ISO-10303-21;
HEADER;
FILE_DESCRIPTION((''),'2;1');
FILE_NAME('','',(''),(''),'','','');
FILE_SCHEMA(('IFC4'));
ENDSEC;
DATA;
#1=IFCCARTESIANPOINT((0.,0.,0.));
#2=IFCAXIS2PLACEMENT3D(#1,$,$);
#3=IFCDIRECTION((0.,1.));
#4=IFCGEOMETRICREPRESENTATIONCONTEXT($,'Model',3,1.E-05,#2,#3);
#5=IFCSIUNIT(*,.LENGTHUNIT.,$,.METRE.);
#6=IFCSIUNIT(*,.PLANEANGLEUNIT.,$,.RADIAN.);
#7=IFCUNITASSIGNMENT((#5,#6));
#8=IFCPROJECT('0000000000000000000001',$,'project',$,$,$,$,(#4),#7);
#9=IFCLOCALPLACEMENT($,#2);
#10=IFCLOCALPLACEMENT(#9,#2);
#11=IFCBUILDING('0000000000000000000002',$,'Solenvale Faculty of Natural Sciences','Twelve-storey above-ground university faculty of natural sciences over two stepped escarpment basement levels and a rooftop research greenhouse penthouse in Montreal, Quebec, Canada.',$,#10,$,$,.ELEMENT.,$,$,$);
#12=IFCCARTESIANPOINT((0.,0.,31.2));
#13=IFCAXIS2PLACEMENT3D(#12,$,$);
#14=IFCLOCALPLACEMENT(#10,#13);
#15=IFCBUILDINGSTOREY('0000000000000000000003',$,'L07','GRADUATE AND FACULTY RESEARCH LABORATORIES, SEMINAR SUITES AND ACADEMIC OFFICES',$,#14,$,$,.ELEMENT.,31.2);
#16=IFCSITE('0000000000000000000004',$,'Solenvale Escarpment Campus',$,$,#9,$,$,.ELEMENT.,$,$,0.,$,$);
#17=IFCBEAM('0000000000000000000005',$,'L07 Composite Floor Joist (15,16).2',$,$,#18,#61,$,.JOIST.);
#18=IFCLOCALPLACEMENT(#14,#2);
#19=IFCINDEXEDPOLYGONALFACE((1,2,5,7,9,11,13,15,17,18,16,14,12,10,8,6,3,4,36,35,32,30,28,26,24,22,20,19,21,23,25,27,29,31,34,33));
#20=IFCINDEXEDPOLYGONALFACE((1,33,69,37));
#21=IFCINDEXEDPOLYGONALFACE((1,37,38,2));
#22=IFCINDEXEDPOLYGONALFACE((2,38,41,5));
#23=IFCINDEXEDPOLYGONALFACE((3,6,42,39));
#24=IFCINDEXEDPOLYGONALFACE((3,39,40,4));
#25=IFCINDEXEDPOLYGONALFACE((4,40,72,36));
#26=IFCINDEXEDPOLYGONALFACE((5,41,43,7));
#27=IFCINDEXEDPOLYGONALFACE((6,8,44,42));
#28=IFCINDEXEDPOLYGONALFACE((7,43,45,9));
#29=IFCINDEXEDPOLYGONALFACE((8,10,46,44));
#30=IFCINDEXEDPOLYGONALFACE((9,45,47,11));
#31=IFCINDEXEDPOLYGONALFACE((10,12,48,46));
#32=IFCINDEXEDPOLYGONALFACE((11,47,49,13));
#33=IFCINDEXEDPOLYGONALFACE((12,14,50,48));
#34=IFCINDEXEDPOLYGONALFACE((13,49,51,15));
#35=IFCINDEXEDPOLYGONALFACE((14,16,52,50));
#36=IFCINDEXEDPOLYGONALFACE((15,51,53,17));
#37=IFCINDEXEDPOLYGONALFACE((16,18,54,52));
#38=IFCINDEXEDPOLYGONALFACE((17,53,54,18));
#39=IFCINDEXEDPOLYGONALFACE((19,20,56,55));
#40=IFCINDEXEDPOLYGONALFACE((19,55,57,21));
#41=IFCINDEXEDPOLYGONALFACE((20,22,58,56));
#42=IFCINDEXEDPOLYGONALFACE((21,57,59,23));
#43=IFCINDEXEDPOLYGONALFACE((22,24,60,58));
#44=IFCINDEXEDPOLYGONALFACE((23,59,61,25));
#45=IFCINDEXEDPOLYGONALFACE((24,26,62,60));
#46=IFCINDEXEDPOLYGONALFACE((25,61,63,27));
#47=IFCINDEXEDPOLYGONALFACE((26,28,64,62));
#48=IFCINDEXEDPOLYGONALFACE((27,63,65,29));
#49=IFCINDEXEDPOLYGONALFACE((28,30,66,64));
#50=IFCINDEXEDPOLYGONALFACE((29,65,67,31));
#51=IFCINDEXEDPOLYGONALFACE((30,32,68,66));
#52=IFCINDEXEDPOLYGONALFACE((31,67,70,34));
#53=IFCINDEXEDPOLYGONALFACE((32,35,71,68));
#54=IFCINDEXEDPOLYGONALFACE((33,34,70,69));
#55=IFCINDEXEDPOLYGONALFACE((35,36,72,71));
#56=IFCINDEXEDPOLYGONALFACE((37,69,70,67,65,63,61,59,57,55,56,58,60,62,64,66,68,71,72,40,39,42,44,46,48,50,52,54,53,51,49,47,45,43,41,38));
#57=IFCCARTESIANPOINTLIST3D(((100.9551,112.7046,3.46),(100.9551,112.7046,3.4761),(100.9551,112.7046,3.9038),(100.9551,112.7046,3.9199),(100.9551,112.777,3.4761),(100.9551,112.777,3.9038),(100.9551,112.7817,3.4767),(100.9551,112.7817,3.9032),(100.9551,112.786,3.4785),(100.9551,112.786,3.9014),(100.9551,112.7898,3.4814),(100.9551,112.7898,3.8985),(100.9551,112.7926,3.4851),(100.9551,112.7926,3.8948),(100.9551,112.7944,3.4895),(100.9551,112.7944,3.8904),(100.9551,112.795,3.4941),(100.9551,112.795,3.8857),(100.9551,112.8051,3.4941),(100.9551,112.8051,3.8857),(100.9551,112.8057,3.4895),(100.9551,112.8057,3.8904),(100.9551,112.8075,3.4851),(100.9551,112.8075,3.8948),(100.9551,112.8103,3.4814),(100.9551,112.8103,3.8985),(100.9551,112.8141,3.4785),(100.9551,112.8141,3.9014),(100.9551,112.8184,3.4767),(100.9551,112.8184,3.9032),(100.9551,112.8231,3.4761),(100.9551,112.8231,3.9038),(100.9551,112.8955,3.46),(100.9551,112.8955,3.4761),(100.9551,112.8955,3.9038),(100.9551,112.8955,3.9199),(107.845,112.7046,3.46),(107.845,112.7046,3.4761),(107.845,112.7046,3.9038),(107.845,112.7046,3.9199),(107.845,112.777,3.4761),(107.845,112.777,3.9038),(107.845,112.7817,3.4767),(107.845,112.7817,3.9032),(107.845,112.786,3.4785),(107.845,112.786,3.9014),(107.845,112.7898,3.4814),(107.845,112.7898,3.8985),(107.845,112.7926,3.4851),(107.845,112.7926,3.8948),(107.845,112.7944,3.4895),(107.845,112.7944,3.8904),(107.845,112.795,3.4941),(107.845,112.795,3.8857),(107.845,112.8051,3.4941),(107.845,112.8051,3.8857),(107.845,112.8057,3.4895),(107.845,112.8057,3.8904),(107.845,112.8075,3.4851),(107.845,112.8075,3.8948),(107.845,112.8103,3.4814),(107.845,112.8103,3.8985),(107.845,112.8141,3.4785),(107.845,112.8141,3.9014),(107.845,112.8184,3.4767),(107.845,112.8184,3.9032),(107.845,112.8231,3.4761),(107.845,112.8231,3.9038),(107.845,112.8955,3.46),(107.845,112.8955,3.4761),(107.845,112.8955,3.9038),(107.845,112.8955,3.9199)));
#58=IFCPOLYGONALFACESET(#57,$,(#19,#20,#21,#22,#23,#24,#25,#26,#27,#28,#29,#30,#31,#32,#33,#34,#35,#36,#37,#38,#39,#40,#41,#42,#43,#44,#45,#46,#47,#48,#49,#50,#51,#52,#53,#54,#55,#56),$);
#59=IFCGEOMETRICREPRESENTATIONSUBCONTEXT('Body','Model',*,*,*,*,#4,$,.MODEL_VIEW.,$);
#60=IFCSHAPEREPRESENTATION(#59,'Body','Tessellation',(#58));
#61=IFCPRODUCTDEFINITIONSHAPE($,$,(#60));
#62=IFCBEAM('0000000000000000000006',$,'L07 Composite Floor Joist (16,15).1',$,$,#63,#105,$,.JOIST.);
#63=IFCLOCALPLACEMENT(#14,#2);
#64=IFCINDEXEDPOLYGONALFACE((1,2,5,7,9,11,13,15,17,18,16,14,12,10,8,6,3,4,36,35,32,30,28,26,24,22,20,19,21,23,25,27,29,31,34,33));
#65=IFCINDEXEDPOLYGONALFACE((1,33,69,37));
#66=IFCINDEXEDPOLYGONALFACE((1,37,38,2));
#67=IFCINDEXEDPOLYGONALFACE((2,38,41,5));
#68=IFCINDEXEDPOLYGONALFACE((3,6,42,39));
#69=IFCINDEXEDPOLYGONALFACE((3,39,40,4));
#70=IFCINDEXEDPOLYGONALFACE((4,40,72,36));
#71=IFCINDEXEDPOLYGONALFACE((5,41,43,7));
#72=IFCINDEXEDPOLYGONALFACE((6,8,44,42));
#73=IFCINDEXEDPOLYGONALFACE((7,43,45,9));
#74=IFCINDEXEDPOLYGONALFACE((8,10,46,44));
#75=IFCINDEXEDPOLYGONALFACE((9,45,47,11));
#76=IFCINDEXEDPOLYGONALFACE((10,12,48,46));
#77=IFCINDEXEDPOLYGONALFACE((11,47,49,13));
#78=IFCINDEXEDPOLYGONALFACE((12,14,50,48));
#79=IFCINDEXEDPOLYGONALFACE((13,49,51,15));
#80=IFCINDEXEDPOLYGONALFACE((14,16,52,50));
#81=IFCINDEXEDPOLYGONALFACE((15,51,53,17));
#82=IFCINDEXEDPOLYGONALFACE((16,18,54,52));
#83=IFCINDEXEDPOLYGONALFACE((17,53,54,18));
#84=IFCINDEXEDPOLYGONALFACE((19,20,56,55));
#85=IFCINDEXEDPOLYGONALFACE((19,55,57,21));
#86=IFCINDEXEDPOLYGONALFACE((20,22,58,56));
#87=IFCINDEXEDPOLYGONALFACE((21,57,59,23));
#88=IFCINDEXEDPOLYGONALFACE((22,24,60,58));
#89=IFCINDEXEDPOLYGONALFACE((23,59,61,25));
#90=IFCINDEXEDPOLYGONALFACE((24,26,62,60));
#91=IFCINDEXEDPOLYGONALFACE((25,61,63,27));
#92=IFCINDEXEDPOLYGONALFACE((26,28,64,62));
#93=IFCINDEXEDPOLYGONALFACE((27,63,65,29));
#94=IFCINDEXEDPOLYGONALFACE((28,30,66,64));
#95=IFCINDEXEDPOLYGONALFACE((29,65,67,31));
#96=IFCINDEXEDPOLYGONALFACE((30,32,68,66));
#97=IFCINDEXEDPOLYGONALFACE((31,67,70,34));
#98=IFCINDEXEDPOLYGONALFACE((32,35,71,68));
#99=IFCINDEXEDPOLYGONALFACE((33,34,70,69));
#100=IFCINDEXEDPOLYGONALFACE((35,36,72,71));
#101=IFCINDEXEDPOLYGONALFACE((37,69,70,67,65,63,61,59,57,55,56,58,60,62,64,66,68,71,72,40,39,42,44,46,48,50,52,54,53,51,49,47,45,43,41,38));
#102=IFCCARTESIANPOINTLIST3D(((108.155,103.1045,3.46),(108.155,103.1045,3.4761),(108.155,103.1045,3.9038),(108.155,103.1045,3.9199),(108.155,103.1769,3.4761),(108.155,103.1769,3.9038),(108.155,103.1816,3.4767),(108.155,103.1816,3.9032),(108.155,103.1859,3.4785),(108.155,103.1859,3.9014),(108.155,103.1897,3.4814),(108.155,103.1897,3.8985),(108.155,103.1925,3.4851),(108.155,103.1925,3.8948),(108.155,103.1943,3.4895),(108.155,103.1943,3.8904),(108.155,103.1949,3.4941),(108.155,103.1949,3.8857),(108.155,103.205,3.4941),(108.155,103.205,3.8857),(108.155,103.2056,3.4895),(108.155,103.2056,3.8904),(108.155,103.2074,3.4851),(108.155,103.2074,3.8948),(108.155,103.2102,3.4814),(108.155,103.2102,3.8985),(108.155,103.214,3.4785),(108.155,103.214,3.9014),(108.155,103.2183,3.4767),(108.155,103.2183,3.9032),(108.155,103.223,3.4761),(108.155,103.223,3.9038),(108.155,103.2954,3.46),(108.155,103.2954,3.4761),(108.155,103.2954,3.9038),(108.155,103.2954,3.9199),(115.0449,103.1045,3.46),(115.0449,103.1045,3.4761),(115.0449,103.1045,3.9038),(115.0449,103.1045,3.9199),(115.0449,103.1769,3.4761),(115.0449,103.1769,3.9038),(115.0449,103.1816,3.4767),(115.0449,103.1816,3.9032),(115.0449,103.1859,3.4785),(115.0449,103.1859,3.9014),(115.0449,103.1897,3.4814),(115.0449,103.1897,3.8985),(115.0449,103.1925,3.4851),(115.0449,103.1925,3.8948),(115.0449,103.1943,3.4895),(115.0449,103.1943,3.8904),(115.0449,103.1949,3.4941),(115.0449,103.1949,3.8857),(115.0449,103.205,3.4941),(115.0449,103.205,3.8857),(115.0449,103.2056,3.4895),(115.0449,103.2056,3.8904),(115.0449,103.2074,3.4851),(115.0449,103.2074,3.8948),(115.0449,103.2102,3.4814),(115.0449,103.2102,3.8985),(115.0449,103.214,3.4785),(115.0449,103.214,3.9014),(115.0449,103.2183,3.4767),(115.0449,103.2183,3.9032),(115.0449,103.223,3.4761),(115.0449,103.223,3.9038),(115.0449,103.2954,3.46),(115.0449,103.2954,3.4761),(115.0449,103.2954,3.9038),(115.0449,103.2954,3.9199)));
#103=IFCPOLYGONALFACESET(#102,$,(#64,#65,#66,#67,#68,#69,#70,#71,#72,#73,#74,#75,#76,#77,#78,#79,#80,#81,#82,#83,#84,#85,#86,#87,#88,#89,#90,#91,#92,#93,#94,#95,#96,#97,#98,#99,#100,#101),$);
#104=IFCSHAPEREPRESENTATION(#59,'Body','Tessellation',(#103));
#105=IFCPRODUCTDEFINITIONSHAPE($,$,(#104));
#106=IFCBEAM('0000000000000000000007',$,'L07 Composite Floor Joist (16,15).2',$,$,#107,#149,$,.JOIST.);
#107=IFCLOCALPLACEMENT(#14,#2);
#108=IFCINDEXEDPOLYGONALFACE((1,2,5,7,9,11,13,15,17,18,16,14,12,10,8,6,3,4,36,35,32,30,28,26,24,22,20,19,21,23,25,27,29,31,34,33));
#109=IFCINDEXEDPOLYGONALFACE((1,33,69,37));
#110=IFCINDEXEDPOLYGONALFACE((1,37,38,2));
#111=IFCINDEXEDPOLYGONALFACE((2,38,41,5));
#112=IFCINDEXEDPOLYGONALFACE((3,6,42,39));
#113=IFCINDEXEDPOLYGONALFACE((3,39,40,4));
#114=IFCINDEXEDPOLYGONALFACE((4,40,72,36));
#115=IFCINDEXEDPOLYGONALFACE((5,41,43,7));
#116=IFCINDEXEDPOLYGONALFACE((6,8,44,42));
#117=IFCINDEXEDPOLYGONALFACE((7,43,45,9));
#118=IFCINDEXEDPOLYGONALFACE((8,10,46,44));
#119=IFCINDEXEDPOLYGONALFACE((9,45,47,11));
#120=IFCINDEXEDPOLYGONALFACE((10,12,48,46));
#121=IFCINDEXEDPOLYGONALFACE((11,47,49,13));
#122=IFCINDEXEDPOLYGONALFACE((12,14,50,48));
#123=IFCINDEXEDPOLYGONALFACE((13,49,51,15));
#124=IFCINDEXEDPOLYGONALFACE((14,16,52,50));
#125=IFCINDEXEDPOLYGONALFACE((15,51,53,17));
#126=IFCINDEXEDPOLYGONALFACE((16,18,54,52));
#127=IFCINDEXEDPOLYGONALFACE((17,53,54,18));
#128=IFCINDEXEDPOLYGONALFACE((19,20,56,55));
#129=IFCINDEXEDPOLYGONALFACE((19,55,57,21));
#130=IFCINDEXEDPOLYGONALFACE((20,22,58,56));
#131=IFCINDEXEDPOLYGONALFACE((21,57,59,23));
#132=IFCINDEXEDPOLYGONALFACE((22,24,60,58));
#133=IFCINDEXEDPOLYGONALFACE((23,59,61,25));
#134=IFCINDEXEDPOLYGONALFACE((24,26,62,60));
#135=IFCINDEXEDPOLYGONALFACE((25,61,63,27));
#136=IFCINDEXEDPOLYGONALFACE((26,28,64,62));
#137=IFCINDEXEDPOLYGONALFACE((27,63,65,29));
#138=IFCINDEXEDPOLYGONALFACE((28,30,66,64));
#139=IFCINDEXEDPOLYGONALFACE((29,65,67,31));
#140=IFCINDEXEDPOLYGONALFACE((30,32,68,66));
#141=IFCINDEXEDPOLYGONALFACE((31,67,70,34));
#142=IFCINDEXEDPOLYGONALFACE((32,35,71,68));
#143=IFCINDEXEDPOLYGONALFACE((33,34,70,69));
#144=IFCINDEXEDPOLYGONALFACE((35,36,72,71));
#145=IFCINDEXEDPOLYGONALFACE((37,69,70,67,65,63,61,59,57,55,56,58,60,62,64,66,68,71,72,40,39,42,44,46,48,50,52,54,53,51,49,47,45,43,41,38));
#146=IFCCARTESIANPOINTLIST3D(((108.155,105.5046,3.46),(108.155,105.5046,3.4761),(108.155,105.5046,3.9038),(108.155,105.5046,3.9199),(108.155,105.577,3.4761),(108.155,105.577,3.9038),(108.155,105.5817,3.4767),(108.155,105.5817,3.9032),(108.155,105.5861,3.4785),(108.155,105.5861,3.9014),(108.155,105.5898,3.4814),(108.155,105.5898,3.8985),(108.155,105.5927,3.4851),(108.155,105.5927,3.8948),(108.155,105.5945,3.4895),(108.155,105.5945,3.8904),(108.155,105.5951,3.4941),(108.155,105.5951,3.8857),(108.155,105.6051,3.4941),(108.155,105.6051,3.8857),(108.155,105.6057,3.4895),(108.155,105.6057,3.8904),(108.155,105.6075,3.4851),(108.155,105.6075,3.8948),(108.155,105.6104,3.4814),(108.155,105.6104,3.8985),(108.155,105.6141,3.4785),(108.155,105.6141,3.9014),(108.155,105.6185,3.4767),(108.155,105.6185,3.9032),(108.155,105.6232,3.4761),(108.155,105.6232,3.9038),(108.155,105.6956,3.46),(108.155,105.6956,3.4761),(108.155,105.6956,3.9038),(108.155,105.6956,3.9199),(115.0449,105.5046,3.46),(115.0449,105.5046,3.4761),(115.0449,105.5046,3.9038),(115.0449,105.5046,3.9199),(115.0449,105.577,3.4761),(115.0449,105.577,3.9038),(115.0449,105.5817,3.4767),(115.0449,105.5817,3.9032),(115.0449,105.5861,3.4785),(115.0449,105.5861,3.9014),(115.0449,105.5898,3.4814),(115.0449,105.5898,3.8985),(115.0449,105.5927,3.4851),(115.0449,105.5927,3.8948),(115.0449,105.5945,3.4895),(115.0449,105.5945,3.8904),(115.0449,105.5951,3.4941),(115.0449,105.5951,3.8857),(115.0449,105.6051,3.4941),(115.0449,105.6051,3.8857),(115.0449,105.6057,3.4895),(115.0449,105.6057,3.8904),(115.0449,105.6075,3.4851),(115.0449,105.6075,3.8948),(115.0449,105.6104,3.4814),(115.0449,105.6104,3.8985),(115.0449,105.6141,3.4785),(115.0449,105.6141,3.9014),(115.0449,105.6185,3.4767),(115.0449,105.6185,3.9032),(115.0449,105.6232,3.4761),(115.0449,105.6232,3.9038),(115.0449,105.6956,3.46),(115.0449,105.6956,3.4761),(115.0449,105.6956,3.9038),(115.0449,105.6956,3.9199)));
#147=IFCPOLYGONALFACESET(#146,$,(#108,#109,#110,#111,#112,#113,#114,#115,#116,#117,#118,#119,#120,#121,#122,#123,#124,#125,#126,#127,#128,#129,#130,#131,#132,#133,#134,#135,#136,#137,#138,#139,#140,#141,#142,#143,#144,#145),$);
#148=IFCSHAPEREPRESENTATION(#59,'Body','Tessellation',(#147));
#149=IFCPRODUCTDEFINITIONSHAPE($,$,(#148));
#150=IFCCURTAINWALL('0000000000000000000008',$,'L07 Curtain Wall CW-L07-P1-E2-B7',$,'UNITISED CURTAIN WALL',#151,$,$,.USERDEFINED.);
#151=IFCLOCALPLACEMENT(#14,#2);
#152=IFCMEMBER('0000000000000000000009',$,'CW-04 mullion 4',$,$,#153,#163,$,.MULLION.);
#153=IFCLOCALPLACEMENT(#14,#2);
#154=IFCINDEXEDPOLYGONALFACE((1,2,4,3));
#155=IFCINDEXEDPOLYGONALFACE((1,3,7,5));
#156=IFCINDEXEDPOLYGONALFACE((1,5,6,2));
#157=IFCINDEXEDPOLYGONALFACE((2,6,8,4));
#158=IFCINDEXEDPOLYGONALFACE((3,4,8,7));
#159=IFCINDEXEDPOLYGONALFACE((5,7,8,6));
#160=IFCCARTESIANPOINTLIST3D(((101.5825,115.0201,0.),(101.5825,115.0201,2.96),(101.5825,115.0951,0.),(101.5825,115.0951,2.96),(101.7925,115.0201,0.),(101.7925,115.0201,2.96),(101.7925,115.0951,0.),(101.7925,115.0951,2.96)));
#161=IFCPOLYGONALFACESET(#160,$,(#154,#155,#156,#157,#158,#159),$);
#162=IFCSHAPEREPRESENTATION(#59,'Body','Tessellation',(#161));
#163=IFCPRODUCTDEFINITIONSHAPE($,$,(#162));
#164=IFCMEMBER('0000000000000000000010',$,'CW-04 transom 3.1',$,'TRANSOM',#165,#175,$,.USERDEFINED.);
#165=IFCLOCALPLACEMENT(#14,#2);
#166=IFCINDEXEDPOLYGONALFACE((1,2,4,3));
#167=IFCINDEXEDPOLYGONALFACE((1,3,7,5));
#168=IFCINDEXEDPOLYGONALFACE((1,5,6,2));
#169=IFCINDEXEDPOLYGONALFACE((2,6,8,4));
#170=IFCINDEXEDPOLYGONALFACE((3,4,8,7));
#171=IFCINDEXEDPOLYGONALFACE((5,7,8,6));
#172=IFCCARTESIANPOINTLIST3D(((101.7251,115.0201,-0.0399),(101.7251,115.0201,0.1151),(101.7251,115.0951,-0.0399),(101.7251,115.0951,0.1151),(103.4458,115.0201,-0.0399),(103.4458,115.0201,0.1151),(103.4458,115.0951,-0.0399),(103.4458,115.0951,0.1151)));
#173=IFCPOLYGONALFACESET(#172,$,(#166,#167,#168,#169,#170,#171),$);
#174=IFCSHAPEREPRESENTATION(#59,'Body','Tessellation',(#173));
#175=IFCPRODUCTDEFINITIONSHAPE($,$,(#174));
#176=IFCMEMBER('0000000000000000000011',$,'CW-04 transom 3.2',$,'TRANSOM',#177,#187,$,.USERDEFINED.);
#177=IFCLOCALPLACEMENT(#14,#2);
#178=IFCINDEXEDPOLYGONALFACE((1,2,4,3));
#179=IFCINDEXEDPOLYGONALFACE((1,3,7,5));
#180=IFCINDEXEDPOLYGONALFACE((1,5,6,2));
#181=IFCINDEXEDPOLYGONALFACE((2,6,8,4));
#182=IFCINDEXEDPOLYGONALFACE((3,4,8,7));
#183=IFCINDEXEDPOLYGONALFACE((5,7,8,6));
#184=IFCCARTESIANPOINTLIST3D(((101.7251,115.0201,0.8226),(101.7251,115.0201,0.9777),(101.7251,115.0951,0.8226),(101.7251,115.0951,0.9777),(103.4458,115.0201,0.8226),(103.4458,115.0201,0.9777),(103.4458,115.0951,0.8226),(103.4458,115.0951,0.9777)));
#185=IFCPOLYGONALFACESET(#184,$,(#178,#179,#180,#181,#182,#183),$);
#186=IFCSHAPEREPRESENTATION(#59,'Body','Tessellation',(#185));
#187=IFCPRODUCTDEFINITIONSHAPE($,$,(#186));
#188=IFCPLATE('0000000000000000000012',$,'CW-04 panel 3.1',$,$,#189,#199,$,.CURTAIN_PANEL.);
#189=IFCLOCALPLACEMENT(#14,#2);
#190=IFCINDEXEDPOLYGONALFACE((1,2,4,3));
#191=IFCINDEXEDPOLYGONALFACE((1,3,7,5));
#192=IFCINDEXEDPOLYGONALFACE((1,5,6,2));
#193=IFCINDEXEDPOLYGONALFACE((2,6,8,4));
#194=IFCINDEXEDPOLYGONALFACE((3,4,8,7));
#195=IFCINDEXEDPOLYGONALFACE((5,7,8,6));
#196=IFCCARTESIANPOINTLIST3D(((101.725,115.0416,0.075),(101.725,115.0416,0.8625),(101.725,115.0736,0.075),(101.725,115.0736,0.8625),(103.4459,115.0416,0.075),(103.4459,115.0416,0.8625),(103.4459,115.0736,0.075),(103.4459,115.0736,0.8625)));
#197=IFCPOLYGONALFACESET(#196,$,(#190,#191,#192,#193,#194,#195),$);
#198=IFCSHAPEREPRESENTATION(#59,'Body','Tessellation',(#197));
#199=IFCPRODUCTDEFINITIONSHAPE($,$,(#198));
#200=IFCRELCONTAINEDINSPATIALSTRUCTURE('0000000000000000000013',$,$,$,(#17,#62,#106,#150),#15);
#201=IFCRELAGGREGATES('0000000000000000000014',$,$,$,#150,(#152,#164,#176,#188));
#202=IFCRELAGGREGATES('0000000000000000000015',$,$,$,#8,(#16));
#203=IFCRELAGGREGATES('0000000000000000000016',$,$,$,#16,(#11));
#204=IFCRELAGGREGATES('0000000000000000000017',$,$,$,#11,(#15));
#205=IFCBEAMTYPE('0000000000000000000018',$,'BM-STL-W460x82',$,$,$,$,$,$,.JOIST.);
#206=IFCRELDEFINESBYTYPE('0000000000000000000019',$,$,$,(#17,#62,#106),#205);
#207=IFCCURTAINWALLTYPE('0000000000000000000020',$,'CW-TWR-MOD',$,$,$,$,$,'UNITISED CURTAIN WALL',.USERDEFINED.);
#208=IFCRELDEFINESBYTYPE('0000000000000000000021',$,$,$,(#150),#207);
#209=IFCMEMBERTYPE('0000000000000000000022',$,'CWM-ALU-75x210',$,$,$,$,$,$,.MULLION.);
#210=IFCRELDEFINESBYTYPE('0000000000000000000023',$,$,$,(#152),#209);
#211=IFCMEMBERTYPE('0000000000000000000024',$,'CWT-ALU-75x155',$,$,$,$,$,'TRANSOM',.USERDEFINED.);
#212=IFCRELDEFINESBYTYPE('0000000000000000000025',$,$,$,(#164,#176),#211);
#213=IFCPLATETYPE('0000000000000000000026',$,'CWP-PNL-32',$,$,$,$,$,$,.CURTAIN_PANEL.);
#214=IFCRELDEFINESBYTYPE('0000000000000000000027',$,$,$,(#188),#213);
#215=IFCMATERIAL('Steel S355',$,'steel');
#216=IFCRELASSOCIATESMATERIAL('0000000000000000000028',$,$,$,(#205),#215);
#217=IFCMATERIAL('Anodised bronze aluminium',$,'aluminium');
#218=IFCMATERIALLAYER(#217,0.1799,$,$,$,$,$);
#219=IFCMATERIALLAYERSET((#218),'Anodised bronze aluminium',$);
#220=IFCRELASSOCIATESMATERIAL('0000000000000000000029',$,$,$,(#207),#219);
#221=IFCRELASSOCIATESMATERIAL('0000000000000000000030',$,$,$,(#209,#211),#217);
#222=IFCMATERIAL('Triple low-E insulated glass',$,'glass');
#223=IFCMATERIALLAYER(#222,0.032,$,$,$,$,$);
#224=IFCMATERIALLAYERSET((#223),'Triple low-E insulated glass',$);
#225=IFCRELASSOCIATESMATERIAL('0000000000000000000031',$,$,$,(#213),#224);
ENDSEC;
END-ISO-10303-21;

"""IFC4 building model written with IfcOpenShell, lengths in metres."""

from ifc_helpers import new_model, si_unit, direction, frame, origin, origin_2d, place, context, subcontext, project, spatial, rectangle, i_section, extrude, material, layer, layer_set, material_profile, profile_set, type_object, element, aggregate, save


model = new_model("IFC4")

# Units and contexts
model_context = context("Model", 3, precision=1e-05, world=origin(), true_north=direction((0.0, 1.0)))
body_context = subcontext(model_context, "Body", "Model", "MODEL_VIEW")
ifc_project = project(units=[si_unit("LENGTHUNIT", "METRE"), si_unit("PLANEANGLEUNIT", "RADIAN")], contexts=[model_context])

# Site, building, storey
site_placement = place(None, origin())
site = spatial("IfcSite", under=ifc_project, at=site_placement, Name="Solenvale Escarpment Campus", CompositionType="ELEMENT", RefElevation=0.0)
building_placement = place(site_placement, origin())
building = spatial("IfcBuilding", under=site, at=building_placement, Name="Solenvale Faculty of Natural Sciences", Description="Twelve-storey above-ground university faculty of natural sciences over two stepped escarpment basement levels and a rooftop research greenhouse penthouse in Montreal, Quebec, Canada.", CompositionType="ELEMENT")
storey_placement = place(building_placement, frame((0.0, 0.0, 31.2)))
storey = spatial("IfcBuildingStorey", under=building, at=storey_placement, Name="L07", Description="GRADUATE AND FACULTY RESEARCH LABORATORIES, SEMINAR SUITES AND ACADEMIC OFFICES", CompositionType="ELEMENT", Elevation=31.2)

# Beams
ifc_material_1 = material(Name="Steel S355", Category="steel")
ifc_material_profile_1 = material_profile(ifc_material_1, i_section(OverallWidth=0.1909, OverallDepth=0.46, WebThickness=0.01, FlangeThickness=0.0161, FilletRadius=0.0181, at=origin_2d()), Name="W460x82")
ifc_profile_set_1 = profile_set([ifc_material_profile_1], Name="Steel S355")
beam_type_1 = type_object("IfcBeamType", Name="BM-STL-W460x82", PredefinedType="JOIST", material=ifc_profile_set_1)
for number, where, z_axis, x_axis, name in (
    (1, (100.9551, 112.8, 3.6899), (1.0, 0.0, 0.0), (0.0, 1.0, 0.0), "L07 Composite Floor Joist (15,16).2"),
    (2, (108.155, 103.2, 3.6899), (1.0, 0.0, 0.0), (0.0, 1.0, 0.0), "L07 Composite Floor Joist (16,15).1"),
    (3, (108.155, 105.6001, 3.6899), (1.0, 0.0, 0.0), (0.0, 1.0, 0.0), "L07 Composite Floor Joist (16,15).2"),
):
    element("IfcBeam", number, at=place(storey_placement, frame(where, z_axis=z_axis, x_axis=x_axis)), inside=storey, type_object=beam_type_1, Name=name, PredefinedType="JOIST", context=body_context, shape_type="SweptSolid", body=[
        extrude(i_section(OverallWidth=0.1909, OverallDepth=0.46, WebThickness=0.01, FlangeThickness=0.0161, FilletRadius=0.0181, at=origin_2d()), origin(), (0.0, 0.0, 1.0), 6.8899),
    ])

# Curtain wall, members, plate
ifc_material_2 = material(Name="Anodised bronze aluminium", Category="aluminium")
ifc_layer_1 = layer(ifc_material_2, 0.1799)
ifc_layer_set_1 = layer_set([ifc_layer_1], Name="Anodised bronze aluminium")
curtain_wall_type = type_object("IfcCurtainWallType", Name="CW-TWR-MOD", ElementType="UNITISED CURTAIN WALL", PredefinedType="USERDEFINED", material=ifc_layer_set_1)
curtain_wall_placement = place(storey_placement, origin())
curtain_wall = element("IfcCurtainWall", 4, at=curtain_wall_placement, inside=storey, type_object=curtain_wall_type, Name="L07 Curtain Wall CW-L07-P1-E2-B7", ObjectType="UNITISED CURTAIN WALL", PredefinedType="USERDEFINED")
ifc_material_profile_2 = material_profile(ifc_material_2, rectangle(XDim=0.075, YDim=0.21, at=origin_2d()), Name="ALU-MUL-75x210")
ifc_profile_set_2 = profile_set([ifc_material_profile_2], Name="Anodised bronze aluminium")
member_type_1 = type_object("IfcMemberType", Name="CWM-ALU-75x210", PredefinedType="MULLION", material=ifc_profile_set_2)
member_1_placement = place(storey_placement, frame((101.6875, 115.0576, 0.0), z_axis=(0.0, 0.0, 1.0), x_axis=(0.0, -1.0, 0.0)))
member_1 = element("IfcMember", 5, at=member_1_placement, type_object=member_type_1, Name="CW-04 mullion 4", PredefinedType="MULLION", context=body_context, shape_type="SweptSolid", body=[
    extrude(rectangle(XDim=0.075, YDim=0.21, at=origin_2d()), origin(), (0.0, 0.0, 1.0), 2.96),
])
ifc_material_profile_3 = material_profile(ifc_material_2, rectangle(XDim=0.075, YDim=0.155, at=origin_2d()), Name="ALU-TRN-75x155")
ifc_profile_set_3 = profile_set([ifc_material_profile_3], Name="Anodised bronze aluminium")
member_type_2 = type_object("IfcMemberType", Name="CWT-ALU-75x155", ElementType="TRANSOM", PredefinedType="USERDEFINED", material=ifc_profile_set_3)
member_2_placement = place(storey_placement, frame((103.4458, 115.0576, 0.0376), z_axis=(-1.0, 0.0, 0.0), x_axis=(0.0, -1.0, 0.0)))
member_2 = element("IfcMember", 6, at=member_2_placement, type_object=member_type_2, Name="CW-04 transom 3.1", ObjectType="TRANSOM", PredefinedType="USERDEFINED", context=body_context, shape_type="SweptSolid", body=[
    extrude(rectangle(XDim=0.075, YDim=0.155, at=origin_2d()), origin(), (0.0, 0.0, 1.0), 1.7207),
])
member_3_placement = place(storey_placement, frame((103.4458, 115.0576, 0.9001), z_axis=(-1.0, 0.0, 0.0), x_axis=(0.0, -1.0, 0.0)))
member_3 = element("IfcMember", 7, at=member_3_placement, type_object=member_type_2, Name="CW-04 transom 3.2", ObjectType="TRANSOM", PredefinedType="USERDEFINED", context=body_context, shape_type="SweptSolid", body=[
    extrude(rectangle(XDim=0.075, YDim=0.155, at=origin_2d()), origin(), (0.0, 0.0, 1.0), 1.7207),
])
ifc_material_3 = material(Name="Triple low-E insulated glass", Category="glass")
ifc_layer_2 = layer(ifc_material_3, 0.032)
ifc_layer_set_2 = layer_set([ifc_layer_2], Name="Triple low-E insulated glass")
plate_type = type_object("IfcPlateType", Name="CWP-PNL-32", PredefinedType="CURTAIN_PANEL", material=ifc_layer_set_2)
plate_1_placement = place(storey_placement, frame((102.5854, 115.0576, 0.075), z_axis=(0.0, 0.0, 1.0), x_axis=(-1.0, 0.0, 0.0)))
plate_1 = element("IfcPlate", 8, at=plate_1_placement, type_object=plate_type, Name="CW-04 panel 3.1", PredefinedType="CURTAIN_PANEL", context=body_context, shape_type="SweptSolid", body=[
    extrude(rectangle(XDim=1.7209, YDim=0.032, at=origin_2d()), origin(), (0.0, 0.0, 1.0), 0.7876),
])
aggregate(curtain_wall, [member_1, member_2, member_3, plate_1])

save(model, "model.ifc")
